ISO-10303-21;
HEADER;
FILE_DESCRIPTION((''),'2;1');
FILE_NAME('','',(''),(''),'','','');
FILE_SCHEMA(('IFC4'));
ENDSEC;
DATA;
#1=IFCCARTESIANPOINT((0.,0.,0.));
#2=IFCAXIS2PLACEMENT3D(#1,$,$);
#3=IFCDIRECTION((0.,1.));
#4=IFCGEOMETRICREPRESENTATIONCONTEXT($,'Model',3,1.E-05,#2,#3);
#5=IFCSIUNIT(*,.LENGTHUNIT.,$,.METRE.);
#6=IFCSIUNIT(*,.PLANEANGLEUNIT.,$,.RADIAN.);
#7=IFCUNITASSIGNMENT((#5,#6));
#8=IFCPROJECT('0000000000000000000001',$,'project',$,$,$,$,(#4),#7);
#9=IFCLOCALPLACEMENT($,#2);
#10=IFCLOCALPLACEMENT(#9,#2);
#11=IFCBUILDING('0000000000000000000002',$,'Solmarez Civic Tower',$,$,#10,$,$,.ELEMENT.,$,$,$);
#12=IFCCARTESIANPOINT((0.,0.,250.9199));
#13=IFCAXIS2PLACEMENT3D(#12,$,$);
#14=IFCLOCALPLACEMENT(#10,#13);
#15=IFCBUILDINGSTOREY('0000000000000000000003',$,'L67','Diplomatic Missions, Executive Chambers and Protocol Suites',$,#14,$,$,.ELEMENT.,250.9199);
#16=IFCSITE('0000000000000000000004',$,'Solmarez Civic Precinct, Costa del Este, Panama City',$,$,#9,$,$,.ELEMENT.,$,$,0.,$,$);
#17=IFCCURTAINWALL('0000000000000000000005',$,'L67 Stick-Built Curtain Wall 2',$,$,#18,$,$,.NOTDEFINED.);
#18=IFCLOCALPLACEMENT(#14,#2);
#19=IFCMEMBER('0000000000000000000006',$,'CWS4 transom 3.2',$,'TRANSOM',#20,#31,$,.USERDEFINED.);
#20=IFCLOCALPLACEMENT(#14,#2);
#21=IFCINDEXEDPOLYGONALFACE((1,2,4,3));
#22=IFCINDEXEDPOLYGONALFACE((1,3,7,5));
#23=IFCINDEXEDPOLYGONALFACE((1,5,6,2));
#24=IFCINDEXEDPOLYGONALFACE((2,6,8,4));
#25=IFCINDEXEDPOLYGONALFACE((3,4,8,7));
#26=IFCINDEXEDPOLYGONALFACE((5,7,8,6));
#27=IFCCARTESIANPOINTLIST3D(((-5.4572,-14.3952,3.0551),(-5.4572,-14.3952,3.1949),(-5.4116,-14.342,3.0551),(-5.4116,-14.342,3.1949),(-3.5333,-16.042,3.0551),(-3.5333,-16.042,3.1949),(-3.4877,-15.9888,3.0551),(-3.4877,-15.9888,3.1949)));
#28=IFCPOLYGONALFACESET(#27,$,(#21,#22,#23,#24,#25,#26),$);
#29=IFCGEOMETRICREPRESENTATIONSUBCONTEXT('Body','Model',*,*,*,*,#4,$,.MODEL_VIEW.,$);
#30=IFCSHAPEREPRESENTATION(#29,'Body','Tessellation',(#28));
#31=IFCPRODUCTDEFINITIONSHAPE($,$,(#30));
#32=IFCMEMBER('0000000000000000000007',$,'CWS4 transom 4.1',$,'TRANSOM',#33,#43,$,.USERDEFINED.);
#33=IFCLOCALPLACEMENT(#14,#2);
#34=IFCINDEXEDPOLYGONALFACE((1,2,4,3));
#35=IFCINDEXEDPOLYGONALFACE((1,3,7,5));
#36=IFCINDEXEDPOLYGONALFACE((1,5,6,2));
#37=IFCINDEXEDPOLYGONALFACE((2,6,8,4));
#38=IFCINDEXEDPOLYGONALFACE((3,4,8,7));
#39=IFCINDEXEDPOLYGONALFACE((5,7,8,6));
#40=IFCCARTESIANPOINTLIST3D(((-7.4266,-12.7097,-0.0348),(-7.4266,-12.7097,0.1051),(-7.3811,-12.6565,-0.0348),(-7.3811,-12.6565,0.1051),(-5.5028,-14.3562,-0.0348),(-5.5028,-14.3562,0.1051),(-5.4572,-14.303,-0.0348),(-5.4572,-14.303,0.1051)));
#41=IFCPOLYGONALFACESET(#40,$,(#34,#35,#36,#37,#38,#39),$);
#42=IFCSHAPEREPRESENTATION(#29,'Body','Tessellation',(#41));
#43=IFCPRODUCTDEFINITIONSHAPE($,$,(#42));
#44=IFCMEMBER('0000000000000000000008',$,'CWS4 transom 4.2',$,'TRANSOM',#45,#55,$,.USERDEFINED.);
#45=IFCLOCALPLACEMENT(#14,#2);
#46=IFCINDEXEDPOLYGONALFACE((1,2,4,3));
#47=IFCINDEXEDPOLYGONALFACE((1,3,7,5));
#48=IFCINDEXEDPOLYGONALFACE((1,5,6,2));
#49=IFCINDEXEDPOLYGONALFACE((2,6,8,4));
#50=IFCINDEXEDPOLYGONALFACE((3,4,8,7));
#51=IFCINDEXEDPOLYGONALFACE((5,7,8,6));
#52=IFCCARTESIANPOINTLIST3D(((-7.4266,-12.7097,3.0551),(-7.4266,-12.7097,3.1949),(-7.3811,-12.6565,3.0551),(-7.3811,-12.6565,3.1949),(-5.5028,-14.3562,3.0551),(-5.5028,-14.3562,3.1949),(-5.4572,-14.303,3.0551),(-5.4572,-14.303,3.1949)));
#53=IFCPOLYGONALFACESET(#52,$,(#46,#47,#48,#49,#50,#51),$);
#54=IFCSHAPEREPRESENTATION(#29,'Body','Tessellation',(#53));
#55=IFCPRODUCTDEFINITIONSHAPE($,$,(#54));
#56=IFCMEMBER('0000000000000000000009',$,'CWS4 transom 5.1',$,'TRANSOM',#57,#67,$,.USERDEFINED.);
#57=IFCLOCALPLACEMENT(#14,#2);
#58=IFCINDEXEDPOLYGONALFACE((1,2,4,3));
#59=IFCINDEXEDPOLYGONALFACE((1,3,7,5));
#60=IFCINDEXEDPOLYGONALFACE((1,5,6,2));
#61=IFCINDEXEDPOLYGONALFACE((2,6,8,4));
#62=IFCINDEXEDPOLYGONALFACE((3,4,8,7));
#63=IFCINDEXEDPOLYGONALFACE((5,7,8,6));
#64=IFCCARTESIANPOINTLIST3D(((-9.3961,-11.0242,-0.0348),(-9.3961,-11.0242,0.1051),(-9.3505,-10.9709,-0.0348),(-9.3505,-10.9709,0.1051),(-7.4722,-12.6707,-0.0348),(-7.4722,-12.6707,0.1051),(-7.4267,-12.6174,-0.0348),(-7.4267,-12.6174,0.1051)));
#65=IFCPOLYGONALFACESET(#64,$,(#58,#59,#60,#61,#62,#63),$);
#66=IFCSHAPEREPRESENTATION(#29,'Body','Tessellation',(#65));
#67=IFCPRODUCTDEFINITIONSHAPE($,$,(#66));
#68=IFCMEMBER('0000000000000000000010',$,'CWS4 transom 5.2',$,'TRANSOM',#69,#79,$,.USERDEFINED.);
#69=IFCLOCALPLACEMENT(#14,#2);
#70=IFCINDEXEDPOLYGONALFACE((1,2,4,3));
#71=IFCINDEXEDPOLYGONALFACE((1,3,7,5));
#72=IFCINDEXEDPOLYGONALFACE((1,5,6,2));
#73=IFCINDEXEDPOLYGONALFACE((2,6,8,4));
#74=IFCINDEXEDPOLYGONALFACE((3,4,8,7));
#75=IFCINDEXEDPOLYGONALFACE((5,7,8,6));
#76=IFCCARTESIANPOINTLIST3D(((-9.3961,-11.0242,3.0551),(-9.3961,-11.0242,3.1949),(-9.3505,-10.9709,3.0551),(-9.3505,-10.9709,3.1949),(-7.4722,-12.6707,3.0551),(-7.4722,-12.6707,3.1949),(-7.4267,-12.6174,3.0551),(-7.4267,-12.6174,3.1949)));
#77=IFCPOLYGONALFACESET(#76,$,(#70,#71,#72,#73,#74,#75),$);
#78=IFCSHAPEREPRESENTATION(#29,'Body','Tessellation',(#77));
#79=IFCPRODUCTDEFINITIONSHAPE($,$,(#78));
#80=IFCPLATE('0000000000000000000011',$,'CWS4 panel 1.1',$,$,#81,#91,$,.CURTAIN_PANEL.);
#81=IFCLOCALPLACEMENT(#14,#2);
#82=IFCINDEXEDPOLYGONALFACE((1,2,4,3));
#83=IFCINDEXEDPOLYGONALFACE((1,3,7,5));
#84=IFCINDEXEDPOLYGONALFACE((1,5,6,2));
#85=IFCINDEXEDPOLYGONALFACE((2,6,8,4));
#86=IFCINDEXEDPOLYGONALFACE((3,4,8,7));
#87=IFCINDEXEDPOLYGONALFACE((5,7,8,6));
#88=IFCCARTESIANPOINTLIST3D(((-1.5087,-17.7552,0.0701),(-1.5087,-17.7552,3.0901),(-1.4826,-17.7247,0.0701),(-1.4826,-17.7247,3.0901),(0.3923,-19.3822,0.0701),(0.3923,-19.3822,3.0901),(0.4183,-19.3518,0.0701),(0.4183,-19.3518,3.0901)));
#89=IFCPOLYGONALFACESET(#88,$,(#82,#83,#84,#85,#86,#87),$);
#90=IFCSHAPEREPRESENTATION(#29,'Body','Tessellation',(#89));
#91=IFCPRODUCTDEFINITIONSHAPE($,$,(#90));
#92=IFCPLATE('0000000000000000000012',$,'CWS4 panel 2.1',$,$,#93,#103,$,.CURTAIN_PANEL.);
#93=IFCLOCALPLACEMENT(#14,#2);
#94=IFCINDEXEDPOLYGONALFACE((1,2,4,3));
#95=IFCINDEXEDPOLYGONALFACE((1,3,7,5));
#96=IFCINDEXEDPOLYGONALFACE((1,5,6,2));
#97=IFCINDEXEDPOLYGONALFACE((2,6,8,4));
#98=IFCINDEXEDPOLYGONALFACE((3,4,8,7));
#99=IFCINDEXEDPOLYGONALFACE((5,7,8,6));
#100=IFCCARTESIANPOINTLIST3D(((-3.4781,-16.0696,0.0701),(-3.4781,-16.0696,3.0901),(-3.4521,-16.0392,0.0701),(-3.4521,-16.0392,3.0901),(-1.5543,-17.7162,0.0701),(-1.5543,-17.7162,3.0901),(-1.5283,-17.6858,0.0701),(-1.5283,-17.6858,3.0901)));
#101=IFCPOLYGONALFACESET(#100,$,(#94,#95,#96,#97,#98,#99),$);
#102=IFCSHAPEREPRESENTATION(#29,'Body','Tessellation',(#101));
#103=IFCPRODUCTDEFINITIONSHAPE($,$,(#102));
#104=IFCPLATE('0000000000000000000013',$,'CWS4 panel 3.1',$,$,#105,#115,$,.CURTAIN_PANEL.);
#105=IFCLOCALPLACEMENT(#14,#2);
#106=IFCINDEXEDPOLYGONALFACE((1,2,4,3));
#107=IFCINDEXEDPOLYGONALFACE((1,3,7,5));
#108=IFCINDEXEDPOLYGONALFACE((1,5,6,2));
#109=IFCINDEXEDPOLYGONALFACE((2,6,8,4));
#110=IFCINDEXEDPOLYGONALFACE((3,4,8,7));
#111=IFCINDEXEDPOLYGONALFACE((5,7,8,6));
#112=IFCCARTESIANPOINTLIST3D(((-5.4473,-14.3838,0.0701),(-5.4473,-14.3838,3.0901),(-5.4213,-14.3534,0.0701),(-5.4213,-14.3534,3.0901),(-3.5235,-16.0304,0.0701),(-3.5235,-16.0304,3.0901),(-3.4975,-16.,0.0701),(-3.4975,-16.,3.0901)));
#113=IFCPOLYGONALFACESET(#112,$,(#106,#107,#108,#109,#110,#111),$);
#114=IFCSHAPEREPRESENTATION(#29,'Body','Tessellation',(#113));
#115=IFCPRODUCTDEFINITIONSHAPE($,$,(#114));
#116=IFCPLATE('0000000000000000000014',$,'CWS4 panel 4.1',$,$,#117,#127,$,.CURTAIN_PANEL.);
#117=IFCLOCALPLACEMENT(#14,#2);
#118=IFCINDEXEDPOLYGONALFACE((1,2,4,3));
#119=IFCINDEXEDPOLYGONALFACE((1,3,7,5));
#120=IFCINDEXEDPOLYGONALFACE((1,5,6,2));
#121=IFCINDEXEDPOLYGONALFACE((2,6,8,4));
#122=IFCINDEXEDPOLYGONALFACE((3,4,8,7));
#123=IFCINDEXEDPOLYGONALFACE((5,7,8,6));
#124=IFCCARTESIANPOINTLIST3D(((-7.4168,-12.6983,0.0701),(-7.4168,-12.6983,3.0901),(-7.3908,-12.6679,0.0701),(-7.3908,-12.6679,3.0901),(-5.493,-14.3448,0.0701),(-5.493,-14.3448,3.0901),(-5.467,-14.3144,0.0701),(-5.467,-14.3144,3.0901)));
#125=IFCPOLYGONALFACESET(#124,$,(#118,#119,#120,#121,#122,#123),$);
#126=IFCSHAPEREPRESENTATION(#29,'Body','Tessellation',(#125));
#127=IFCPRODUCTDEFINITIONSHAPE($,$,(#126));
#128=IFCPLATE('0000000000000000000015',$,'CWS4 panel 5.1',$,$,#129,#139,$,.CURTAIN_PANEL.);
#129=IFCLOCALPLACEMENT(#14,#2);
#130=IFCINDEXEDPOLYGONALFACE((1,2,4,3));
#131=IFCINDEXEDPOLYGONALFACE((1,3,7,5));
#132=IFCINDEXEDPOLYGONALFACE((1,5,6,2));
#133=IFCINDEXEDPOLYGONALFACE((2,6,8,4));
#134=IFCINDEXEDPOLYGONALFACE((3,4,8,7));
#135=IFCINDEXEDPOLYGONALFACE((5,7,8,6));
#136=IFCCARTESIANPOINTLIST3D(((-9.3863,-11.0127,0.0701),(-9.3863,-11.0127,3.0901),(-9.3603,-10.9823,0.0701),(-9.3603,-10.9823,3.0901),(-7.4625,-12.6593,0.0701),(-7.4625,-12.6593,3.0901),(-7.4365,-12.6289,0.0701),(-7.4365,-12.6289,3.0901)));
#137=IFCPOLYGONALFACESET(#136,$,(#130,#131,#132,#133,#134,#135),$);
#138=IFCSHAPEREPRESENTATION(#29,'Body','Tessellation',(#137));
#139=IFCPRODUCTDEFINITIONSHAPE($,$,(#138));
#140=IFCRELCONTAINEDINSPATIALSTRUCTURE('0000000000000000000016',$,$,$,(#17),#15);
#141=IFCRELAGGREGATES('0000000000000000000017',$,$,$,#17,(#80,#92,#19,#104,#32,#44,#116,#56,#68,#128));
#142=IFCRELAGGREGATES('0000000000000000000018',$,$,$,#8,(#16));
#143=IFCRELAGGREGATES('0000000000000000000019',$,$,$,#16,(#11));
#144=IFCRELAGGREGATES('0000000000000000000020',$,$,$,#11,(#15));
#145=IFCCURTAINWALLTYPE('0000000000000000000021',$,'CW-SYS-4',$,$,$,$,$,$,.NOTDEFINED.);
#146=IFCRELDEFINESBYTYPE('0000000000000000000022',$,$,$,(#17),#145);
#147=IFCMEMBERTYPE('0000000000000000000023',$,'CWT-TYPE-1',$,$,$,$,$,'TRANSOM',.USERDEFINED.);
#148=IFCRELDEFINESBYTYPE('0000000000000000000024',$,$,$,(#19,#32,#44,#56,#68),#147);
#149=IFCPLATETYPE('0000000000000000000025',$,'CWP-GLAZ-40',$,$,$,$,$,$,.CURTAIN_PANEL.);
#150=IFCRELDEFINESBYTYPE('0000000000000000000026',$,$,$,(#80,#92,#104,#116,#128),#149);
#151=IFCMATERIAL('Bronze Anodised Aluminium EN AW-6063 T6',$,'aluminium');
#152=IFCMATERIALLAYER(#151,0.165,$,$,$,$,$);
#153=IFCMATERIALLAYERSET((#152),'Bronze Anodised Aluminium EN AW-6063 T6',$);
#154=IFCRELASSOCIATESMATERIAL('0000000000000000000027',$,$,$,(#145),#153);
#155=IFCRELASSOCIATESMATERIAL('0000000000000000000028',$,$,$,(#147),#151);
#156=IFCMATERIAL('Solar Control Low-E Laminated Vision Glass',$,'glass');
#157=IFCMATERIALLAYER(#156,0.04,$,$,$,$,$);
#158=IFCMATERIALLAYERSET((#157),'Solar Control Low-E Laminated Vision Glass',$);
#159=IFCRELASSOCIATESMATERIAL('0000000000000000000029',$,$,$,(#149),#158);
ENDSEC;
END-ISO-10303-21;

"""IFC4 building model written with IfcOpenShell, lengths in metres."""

from ifc_helpers import new_model, si_unit, direction, frame, origin, origin_2d, place, context, subcontext, project, spatial, rectangle, extrude, material, layer, layer_set, material_profile, profile_set, type_object, element, aggregate, save


model = new_model("IFC4")

# Units and contexts
model_context = context("Model", 3, precision=1e-05, world=origin(), true_north=direction((0.0, 1.0)))
body_context = subcontext(model_context, "Body", "Model", "MODEL_VIEW")
ifc_project = project(units=[si_unit("LENGTHUNIT", "METRE"), si_unit("PLANEANGLEUNIT", "RADIAN")], contexts=[model_context])

# Site, building, storey
site_placement = place(None, origin())
site = spatial("IfcSite", under=ifc_project, at=site_placement, Name="Solmarez Civic Precinct, Costa del Este, Panama City", CompositionType="ELEMENT", RefElevation=0.0)
building_placement = place(site_placement, origin())
building = spatial("IfcBuilding", under=site, at=building_placement, Name="Solmarez Civic Tower", CompositionType="ELEMENT")
storey_placement = place(building_placement, frame((0.0, 0.0, 250.9199)))
storey = spatial("IfcBuildingStorey", under=building, at=storey_placement, Name="L67", Description="Diplomatic Missions, Executive Chambers and Protocol Suites", CompositionType="ELEMENT", Elevation=250.9199)

# Curtain wall, members, plates
ifc_material_1 = material(Name="Bronze Anodised Aluminium EN AW-6063 T6", Category="aluminium")
ifc_layer_1 = layer(ifc_material_1, 0.165)
ifc_layer_set_1 = layer_set([ifc_layer_1], Name="Bronze Anodised Aluminium EN AW-6063 T6")
curtain_wall_type = type_object("IfcCurtainWallType", Name="CW-SYS-4", PredefinedType="NOTDEFINED", material=ifc_layer_set_1)
curtain_wall_placement = place(storey_placement, origin())
curtain_wall = element("IfcCurtainWall", 1, at=curtain_wall_placement, inside=storey, type_object=curtain_wall_type, Name="L67 Stick-Built Curtain Wall 2", PredefinedType="NOTDEFINED")
ifc_material_profile_1 = material_profile(ifc_material_1, rectangle(XDim=0.0701, YDim=0.1399, at=origin_2d()), Name="CWT-70X140")
ifc_profile_set_1 = profile_set([ifc_material_profile_1], Name="Bronze Anodised Aluminium EN AW-6063 T6")
member_type_1 = type_object("IfcMemberType", Name="CWT-TYPE-1", ElementType="TRANSOM", PredefinedType="USERDEFINED", material=ifc_profile_set_1)
member_1_placement = place(storey_placement, frame((-3.5105, -16.0154, 3.125), z_axis=(-0.759699, 0.650275, 0.0), x_axis=(-0.650275, -0.759699, 0.0)))
member_1 = element("IfcMember", 2, at=member_1_placement, type_object=member_type_1, Name="CWS4 transom 3.2", ObjectType="TRANSOM", PredefinedType="USERDEFINED", context=body_context, shape_type="SweptSolid", body=[
    extrude(rectangle(XDim=0.0701, YDim=0.1399, at=origin_2d()), origin(), (0.0, 0.0, 1.0), 2.5325),
])
member_2_placement = place(storey_placement, frame((-5.48, -14.3296, 0.0352), z_axis=(-0.759746, 0.65022, 0.0), x_axis=(-0.65022, -0.759746, 0.0)))
member_2 = element("IfcMember", 3, at=member_2_placement, type_object=member_type_1, Name="CWS4 transom 4.1", ObjectType="TRANSOM", PredefinedType="USERDEFINED", context=body_context, shape_type="SweptSolid", body=[
    extrude(rectangle(XDim=0.0701, YDim=0.1399, at=origin_2d()), origin(), (0.0, 0.0, 1.0), 2.5322),
])
member_3_placement = place(storey_placement, frame((-5.48, -14.3296, 3.125), z_axis=(-0.759746, 0.65022, 0.0), x_axis=(-0.65022, -0.759746, 0.0)))
member_3 = element("IfcMember", 4, at=member_3_placement, type_object=member_type_1, Name="CWS4 transom 4.2", ObjectType="TRANSOM", PredefinedType="USERDEFINED", context=body_context, shape_type="SweptSolid", body=[
    extrude(rectangle(XDim=0.0701, YDim=0.1399, at=origin_2d()), origin(), (0.0, 0.0, 1.0), 2.5322),
])
member_4_placement = place(storey_placement, frame((-7.4495, -12.644, 0.0352), z_axis=(-0.759746, 0.65022, 0.0), x_axis=(-0.65022, -0.759746, 0.0)))
member_4 = element("IfcMember", 5, at=member_4_placement, type_object=member_type_1, Name="CWS4 transom 5.1", ObjectType="TRANSOM", PredefinedType="USERDEFINED", context=body_context, shape_type="SweptSolid", body=[
    extrude(rectangle(XDim=0.0701, YDim=0.1399, at=origin_2d()), origin(), (0.0, 0.0, 1.0), 2.5322),
])
member_5_placement = place(storey_placement, frame((-7.4495, -12.644, 3.125), z_axis=(-0.759746, 0.65022, 0.0), x_axis=(-0.65022, -0.759746, 0.0)))
member_5 = element("IfcMember", 6, at=member_5_placement, type_object=member_type_1, Name="CWS4 transom 5.2", ObjectType="TRANSOM", PredefinedType="USERDEFINED", context=body_context, shape_type="SweptSolid", body=[
    extrude(rectangle(XDim=0.0701, YDim=0.1399, at=origin_2d()), origin(), (0.0, 0.0, 1.0), 2.5322),
])
ifc_material_2 = material(Name="Solar Control Low-E Laminated Vision Glass", Category="glass")
ifc_layer_2 = layer(ifc_material_2, 0.04)
ifc_layer_set_2 = layer_set([ifc_layer_2], Name="Solar Control Low-E Laminated Vision Glass")
plate_type = type_object("IfcPlateType", Name="CWP-GLAZ-40", PredefinedType="CURTAIN_PANEL", material=ifc_layer_set_2)
plate_1_placement = place(storey_placement, frame((-0.5452, -18.5535, 0.0701), z_axis=(0.0, 0.0, 1.0), x_axis=(-0.759725, 0.650245, 0.0)))
plate_1 = element("IfcPlate", 7, at=plate_1_placement, type_object=plate_type, Name="CWS4 panel 1.1", PredefinedType="CURTAIN_PANEL", context=body_context, shape_type="SweptSolid", body=[
    extrude(rectangle(XDim=2.5022, YDim=0.04, at=origin_2d()), origin(), (0.0, 0.0, 1.0), 3.02),
])
plate_2_placement = place(storey_placement, frame((-2.5032, -16.8777, 0.0701), z_axis=(0.0, 0.0, 1.0), x_axis=(-0.759725, 0.650245, 0.0)))
plate_2 = element("IfcPlate", 8, at=plate_2_placement, type_object=plate_type, Name="CWS4 panel 2.1", PredefinedType="CURTAIN_PANEL", context=body_context, shape_type="SweptSolid", body=[
    extrude(rectangle(XDim=2.5322, YDim=0.04, at=origin_2d()), origin(), (0.0, 0.0, 1.0), 3.02),
])
plate_3_placement = place(storey_placement, frame((-4.4724, -15.1919, 0.0701), z_axis=(0.0, 0.0, 1.0), x_axis=(-0.759725, 0.650245, 0.0)))
plate_3 = element("IfcPlate", 9, at=plate_3_placement, type_object=plate_type, Name="CWS4 panel 3.1", PredefinedType="CURTAIN_PANEL", context=body_context, shape_type="SweptSolid", body=[
    extrude(rectangle(XDim=2.5322, YDim=0.04, at=origin_2d()), origin(), (0.0, 0.0, 1.0), 3.02),
])
plate_4_placement = place(storey_placement, frame((-6.4419, -13.5063, 0.0701), z_axis=(0.0, 0.0, 1.0), x_axis=(-0.759725, 0.650245, 0.0)))
plate_4 = element("IfcPlate", 10, at=plate_4_placement, type_object=plate_type, Name="CWS4 panel 4.1", PredefinedType="CURTAIN_PANEL", context=body_context, shape_type="SweptSolid", body=[
    extrude(rectangle(XDim=2.5322, YDim=0.04, at=origin_2d()), origin(), (0.0, 0.0, 1.0), 3.02),
])
plate_5_placement = place(storey_placement, frame((-8.4114, -11.8208, 0.0701), z_axis=(0.0, 0.0, 1.0), x_axis=(-0.759725, 0.650245, 0.0)))
plate_5 = element("IfcPlate", 11, at=plate_5_placement, type_object=plate_type, Name="CWS4 panel 5.1", PredefinedType="CURTAIN_PANEL", context=body_context, shape_type="SweptSolid", body=[
    extrude(rectangle(XDim=2.5322, YDim=0.04, at=origin_2d()), origin(), (0.0, 0.0, 1.0), 3.02),
])
aggregate(curtain_wall, [plate_1, plate_2, member_1, plate_3, member_2, member_3, plate_4, member_4, member_5, plate_5])

save(model, "model.ifc")
